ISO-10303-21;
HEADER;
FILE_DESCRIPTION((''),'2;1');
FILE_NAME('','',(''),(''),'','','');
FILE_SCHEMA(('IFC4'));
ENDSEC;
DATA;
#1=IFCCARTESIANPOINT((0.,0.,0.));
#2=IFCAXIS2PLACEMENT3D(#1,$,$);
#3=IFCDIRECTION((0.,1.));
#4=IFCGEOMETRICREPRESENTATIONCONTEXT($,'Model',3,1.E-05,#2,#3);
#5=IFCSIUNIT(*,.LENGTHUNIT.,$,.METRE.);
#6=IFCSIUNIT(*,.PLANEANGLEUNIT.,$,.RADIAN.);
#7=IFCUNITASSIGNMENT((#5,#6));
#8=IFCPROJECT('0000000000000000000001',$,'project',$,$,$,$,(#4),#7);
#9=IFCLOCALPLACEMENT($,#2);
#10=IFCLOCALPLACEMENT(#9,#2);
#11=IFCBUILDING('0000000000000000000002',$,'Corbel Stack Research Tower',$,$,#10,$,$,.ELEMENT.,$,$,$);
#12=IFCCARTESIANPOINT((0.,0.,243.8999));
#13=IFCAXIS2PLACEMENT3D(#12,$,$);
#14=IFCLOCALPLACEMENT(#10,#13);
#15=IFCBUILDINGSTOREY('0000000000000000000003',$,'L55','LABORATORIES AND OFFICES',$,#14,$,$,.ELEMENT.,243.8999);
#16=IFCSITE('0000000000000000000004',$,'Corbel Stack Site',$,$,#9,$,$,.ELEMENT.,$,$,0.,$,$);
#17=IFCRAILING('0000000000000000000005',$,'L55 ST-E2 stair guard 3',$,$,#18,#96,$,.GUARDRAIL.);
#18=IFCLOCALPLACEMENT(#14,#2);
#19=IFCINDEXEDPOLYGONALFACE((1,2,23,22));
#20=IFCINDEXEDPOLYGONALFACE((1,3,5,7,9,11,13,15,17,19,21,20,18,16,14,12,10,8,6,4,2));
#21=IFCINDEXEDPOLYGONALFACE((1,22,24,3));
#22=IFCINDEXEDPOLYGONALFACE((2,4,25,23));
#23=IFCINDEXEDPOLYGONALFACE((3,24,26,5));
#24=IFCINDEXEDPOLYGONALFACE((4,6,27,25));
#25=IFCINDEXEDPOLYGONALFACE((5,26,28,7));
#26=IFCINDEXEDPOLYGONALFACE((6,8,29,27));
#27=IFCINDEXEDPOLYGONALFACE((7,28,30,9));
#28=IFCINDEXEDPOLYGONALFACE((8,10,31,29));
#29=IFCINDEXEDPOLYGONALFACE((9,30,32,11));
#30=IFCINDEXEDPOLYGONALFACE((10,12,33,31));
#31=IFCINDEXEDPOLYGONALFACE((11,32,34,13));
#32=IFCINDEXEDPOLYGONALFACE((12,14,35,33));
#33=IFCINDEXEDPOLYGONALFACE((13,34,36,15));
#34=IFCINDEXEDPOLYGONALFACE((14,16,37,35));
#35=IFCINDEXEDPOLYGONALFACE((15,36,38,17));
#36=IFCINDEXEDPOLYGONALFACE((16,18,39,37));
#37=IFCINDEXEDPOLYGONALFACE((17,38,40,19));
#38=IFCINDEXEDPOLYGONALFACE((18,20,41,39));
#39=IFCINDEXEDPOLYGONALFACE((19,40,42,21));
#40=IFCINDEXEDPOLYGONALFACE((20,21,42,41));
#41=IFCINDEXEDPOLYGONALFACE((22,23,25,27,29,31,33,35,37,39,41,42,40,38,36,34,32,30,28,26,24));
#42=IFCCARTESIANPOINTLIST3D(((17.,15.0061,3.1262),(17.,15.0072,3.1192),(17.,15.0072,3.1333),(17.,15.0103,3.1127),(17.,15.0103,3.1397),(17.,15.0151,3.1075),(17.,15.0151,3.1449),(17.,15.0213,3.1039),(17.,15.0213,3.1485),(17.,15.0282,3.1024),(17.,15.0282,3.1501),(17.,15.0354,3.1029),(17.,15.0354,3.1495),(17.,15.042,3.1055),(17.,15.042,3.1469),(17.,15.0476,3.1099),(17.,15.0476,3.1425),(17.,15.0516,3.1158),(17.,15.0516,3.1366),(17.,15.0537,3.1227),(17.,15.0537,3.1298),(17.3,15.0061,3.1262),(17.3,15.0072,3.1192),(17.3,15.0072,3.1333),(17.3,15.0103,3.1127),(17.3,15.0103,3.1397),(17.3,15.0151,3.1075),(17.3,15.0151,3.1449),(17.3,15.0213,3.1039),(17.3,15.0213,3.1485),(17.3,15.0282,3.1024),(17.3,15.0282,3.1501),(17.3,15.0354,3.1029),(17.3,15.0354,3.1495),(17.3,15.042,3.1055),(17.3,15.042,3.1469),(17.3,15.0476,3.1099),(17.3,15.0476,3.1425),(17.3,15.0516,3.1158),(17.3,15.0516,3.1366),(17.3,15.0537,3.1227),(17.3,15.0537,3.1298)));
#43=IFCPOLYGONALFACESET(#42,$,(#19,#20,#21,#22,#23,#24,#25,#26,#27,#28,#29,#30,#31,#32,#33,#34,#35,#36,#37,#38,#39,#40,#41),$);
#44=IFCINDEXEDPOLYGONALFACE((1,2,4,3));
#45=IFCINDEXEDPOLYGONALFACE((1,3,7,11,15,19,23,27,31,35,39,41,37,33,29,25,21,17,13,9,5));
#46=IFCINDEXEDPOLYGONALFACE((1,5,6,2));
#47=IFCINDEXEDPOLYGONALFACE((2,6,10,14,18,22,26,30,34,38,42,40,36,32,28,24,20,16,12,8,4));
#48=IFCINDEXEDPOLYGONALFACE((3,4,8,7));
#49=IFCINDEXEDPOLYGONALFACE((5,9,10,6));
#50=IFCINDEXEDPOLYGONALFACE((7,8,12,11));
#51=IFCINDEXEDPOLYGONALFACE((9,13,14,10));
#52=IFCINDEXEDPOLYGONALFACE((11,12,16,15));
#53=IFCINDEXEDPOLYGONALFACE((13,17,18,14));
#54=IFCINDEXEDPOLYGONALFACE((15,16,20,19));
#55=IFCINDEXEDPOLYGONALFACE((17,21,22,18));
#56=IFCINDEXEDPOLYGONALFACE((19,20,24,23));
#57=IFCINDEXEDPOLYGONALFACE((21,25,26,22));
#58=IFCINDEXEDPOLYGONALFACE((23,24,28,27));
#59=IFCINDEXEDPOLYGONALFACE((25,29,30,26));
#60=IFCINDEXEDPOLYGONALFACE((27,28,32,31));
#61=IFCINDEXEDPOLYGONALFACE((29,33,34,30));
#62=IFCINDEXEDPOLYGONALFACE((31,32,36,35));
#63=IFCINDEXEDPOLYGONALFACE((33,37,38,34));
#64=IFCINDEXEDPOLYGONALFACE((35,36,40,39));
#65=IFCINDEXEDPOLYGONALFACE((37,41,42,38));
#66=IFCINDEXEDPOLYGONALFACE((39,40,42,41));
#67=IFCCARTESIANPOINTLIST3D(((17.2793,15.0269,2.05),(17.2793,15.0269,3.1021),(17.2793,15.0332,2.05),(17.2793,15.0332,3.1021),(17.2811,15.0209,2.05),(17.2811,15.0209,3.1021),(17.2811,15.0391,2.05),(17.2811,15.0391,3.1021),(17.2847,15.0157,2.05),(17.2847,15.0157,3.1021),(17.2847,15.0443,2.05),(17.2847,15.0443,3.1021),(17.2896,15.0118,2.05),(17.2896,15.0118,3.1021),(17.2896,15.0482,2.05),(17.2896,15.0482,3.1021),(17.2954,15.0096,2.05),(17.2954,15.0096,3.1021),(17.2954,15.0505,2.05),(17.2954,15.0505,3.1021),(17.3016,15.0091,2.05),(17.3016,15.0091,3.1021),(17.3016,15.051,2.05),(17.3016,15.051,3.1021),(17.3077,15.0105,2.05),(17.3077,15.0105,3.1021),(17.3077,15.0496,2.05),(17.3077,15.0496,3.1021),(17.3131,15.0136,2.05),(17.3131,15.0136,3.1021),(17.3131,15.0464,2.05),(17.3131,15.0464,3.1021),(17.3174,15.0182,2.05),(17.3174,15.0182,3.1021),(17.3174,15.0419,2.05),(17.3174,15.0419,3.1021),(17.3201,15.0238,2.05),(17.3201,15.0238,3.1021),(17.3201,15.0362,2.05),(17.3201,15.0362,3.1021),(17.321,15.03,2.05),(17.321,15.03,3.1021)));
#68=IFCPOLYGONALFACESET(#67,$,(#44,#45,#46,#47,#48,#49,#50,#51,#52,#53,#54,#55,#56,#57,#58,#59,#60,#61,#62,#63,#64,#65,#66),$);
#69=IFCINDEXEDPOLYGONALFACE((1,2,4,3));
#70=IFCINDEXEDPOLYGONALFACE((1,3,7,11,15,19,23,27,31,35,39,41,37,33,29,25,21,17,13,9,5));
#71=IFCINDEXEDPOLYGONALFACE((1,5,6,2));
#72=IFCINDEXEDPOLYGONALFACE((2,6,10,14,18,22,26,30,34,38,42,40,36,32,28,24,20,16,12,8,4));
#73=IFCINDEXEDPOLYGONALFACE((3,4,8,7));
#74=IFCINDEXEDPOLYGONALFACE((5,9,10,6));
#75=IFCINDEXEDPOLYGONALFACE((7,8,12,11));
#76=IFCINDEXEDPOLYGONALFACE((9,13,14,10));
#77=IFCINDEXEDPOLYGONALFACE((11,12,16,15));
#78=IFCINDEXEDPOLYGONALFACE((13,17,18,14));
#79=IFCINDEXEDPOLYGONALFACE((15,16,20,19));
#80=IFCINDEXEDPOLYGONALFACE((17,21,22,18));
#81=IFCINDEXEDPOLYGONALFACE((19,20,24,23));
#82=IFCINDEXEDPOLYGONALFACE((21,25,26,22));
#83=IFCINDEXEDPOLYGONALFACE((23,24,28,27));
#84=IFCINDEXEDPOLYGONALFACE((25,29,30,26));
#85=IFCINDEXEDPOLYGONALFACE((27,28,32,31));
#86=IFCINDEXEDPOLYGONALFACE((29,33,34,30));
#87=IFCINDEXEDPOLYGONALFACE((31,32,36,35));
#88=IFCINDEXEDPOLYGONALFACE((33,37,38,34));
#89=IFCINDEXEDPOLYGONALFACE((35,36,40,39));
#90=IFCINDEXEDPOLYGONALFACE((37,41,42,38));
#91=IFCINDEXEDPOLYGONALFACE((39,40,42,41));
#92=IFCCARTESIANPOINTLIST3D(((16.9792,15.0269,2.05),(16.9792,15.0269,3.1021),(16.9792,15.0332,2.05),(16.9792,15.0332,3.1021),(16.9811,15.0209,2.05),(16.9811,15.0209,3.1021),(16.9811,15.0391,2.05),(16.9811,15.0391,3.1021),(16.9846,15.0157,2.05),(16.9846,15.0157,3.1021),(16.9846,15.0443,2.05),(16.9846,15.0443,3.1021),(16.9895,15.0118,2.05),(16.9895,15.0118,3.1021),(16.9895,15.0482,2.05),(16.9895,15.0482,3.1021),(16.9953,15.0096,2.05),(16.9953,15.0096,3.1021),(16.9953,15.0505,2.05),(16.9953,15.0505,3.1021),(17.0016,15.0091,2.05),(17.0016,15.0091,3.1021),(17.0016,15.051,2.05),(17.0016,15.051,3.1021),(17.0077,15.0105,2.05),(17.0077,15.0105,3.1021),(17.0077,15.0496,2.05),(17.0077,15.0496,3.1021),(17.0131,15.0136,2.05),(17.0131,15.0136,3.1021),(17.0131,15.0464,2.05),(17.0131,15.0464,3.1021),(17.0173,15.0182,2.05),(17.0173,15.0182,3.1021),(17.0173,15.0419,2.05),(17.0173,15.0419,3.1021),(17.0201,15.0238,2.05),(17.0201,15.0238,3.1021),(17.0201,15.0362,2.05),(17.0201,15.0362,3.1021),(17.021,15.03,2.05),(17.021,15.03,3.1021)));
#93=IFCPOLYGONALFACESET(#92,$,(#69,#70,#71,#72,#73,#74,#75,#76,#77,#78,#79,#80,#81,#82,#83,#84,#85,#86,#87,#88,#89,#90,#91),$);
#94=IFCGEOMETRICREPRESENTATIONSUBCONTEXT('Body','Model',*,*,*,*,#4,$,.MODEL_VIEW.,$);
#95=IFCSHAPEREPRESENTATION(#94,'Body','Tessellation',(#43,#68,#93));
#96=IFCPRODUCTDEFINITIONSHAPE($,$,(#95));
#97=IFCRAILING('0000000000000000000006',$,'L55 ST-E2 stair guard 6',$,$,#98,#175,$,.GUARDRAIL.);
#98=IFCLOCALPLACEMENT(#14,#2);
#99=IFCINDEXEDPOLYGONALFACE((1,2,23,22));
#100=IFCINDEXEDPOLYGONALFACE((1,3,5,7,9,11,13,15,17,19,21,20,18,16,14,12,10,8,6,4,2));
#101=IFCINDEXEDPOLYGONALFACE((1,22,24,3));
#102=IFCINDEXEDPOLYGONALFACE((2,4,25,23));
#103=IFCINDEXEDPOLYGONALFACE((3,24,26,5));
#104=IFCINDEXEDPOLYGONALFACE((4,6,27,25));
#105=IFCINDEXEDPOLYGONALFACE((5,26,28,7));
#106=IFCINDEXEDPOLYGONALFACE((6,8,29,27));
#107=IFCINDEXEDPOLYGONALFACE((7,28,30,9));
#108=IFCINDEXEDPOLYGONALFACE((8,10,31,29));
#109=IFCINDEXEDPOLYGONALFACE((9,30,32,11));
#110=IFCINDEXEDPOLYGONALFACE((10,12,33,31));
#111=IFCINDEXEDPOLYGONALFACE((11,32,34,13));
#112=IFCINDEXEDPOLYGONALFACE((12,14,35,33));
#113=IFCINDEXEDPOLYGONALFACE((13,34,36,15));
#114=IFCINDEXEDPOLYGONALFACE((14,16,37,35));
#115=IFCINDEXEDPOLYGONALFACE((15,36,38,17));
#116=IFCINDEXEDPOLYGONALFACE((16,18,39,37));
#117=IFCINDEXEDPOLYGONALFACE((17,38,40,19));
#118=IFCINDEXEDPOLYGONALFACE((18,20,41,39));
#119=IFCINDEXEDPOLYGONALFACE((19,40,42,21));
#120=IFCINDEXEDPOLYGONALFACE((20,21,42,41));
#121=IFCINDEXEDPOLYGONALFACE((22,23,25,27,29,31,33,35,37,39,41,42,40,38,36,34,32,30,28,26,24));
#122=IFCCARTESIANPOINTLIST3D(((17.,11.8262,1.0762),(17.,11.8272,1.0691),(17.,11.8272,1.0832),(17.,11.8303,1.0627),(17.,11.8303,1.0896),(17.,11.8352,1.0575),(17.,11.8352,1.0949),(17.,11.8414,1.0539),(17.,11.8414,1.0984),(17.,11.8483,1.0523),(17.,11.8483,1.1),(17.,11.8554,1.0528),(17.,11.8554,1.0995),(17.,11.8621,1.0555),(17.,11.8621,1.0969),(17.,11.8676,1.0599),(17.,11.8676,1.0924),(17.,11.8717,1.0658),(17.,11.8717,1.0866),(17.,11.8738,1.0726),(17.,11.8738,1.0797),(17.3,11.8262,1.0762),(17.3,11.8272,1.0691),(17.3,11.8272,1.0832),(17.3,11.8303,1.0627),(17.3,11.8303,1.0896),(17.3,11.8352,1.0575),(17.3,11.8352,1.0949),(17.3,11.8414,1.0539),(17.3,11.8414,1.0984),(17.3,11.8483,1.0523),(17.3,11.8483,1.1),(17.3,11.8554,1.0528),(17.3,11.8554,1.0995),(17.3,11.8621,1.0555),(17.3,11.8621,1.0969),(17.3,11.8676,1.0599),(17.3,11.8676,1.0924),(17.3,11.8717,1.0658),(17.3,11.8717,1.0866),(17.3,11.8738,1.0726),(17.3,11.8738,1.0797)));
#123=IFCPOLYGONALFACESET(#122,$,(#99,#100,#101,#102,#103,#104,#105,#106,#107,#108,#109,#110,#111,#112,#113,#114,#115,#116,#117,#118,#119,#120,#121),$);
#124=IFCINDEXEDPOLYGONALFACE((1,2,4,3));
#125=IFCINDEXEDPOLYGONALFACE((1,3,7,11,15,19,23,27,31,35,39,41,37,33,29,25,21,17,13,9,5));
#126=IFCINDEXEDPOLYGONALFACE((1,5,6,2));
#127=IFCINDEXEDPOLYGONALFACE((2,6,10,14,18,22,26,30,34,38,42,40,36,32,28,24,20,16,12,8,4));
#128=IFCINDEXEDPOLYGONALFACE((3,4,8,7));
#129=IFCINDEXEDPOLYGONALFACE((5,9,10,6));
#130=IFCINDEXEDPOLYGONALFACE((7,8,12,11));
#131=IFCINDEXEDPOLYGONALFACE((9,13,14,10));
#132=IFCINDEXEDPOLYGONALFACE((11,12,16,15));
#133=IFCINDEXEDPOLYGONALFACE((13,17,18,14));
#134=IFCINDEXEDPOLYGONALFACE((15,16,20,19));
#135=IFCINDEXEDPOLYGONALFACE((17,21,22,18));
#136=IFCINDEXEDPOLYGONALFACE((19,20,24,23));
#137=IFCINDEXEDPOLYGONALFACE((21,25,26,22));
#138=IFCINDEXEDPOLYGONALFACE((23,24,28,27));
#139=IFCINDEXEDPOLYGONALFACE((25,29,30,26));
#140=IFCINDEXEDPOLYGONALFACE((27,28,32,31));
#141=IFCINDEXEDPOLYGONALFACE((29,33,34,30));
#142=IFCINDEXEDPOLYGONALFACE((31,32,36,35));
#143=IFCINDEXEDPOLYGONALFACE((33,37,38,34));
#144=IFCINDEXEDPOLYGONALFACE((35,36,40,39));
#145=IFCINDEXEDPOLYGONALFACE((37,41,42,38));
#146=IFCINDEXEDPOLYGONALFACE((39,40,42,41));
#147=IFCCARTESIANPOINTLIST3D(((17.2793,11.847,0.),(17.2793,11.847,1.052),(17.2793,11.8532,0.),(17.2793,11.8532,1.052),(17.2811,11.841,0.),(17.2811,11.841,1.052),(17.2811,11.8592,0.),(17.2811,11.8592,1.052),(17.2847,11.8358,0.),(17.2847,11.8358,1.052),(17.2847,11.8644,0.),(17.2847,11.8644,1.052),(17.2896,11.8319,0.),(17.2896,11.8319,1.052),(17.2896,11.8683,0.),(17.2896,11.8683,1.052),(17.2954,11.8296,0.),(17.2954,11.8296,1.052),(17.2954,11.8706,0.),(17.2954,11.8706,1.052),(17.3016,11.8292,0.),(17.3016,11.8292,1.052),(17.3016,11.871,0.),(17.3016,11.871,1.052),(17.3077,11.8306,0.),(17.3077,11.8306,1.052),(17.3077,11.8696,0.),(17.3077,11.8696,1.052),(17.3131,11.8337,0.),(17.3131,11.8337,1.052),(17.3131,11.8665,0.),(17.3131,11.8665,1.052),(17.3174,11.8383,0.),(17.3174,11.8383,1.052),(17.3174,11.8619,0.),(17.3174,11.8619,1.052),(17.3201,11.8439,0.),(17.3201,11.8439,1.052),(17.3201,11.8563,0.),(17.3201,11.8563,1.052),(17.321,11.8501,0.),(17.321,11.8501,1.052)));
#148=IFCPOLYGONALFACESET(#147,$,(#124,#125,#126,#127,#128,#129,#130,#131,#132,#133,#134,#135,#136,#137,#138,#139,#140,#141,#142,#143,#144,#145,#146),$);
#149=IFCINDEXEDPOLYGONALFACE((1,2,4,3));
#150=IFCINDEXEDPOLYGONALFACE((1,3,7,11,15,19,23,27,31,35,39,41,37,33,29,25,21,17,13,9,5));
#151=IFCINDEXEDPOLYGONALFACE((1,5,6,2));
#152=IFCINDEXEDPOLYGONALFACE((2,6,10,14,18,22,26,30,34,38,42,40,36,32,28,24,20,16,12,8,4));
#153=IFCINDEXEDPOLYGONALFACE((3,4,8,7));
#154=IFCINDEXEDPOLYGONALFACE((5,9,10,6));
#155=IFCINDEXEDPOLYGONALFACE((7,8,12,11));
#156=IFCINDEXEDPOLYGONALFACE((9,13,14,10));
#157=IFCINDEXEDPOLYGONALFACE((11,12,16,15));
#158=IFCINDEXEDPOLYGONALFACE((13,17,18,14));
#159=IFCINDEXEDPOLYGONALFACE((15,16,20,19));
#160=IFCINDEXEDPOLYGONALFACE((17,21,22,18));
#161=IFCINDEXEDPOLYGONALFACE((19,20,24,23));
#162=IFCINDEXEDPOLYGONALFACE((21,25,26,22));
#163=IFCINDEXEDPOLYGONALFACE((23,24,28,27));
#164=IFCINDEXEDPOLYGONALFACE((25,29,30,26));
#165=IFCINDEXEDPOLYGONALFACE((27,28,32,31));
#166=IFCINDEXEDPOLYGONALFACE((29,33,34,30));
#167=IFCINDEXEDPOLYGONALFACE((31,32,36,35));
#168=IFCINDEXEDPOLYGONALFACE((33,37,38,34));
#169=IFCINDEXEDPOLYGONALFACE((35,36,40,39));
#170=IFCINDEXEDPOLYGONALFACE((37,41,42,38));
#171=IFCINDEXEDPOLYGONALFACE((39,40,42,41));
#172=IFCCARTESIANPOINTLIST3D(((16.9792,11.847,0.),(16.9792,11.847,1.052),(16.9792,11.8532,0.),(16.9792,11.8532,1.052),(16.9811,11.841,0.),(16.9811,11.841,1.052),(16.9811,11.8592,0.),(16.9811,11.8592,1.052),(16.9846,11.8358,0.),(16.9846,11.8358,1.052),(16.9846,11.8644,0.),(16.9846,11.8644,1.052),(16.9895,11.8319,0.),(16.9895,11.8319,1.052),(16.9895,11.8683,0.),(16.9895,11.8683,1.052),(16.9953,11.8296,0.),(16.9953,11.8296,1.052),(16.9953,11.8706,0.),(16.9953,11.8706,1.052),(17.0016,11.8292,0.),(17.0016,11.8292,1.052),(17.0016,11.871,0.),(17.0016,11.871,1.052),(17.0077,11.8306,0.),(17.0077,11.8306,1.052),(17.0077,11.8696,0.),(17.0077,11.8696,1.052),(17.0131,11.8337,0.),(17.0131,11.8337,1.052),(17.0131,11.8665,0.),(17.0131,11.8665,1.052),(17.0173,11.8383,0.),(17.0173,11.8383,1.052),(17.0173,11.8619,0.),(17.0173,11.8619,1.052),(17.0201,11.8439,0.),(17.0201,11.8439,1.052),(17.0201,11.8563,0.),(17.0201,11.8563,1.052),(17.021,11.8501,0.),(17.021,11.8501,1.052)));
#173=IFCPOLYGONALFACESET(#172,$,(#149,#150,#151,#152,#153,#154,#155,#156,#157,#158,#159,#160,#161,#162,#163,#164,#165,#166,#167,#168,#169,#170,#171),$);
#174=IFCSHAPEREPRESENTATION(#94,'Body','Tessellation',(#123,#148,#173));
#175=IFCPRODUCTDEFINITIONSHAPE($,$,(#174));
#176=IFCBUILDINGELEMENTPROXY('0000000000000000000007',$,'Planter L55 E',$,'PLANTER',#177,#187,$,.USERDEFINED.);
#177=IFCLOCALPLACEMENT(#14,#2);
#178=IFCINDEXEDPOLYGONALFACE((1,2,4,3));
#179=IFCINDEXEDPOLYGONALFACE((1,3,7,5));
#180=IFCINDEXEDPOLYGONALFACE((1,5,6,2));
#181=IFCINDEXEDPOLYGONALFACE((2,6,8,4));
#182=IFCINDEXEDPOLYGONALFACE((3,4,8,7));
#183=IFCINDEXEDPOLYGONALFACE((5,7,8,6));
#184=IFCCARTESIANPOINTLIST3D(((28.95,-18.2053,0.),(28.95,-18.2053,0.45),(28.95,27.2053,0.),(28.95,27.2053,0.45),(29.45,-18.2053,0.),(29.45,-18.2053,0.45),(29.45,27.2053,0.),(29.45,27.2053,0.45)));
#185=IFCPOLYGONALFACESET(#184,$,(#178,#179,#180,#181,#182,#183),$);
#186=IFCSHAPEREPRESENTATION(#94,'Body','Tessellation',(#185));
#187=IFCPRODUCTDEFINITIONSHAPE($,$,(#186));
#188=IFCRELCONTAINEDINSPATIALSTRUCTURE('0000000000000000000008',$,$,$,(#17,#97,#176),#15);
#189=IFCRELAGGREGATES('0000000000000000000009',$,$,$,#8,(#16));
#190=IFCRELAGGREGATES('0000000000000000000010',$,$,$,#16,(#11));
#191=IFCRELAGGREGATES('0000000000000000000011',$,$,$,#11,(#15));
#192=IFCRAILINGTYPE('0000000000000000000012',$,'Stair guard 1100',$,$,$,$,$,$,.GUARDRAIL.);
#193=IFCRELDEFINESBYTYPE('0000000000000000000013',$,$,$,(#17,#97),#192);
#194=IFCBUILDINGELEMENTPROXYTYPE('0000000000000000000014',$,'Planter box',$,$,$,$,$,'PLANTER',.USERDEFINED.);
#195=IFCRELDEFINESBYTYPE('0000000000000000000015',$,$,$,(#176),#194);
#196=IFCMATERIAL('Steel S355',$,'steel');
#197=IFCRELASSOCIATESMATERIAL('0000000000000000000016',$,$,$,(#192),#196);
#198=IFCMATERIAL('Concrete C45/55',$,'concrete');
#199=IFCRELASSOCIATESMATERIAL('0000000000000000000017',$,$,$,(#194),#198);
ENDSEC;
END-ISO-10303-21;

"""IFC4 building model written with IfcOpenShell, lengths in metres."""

from ifc_helpers import new_model, si_unit, direction, frame, origin, origin_2d, place, context, subcontext, project, spatial, rectangle, circle, extrude, material, type_object, element, save


model = new_model("IFC4")

# Units and contexts
model_context = context("Model", 3, precision=1e-05, world=origin(), true_north=direction((0.0, 1.0)))
body_context = subcontext(model_context, "Body", "Model", "MODEL_VIEW")
ifc_project = project(units=[si_unit("LENGTHUNIT", "METRE"), si_unit("PLANEANGLEUNIT", "RADIAN")], contexts=[model_context])

# Site, building, storey
site_placement = place(None, origin())
site = spatial("IfcSite", under=ifc_project, at=site_placement, Name="Corbel Stack Site", CompositionType="ELEMENT", RefElevation=0.0)
building_placement = place(site_placement, origin())
building = spatial("IfcBuilding", under=site, at=building_placement, Name="Corbel Stack Research Tower", CompositionType="ELEMENT")
storey_placement = place(building_placement, frame((0.0, 0.0, 243.8999)))
storey = spatial("IfcBuildingStorey", under=building, at=storey_placement, Name="L55", Description="LABORATORIES AND OFFICES", CompositionType="ELEMENT", Elevation=243.8999)

# Railings
ifc_material_1 = material(Name="Steel S355", Category="steel")
railing_type = type_object("IfcRailingType", Name="Stair guard 1100", PredefinedType="GUARDRAIL", material=ifc_material_1)
for number, where, name in (
    (1, (17.3, 15.03, 2.05), "L55 ST-E2 stair guard 3"),
    (2, (17.3, 11.8501, 0.0), "L55 ST-E2 stair guard 6"),
):
    element("IfcRailing", number, at=place(storey_placement, frame(where)), inside=storey, type_object=railing_type, Name=name, PredefinedType="GUARDRAIL", context=body_context, shape_type="SweptSolid", body=[
        extrude(circle(Radius=0.0239, at=origin_2d()), frame((0.0, 0.0, 1.0762), z_axis=(-1.0, 0.0, 0.0), x_axis=(0.0, -1.0, 0.0)), (0.0, 0.0, 1.0), 0.3),
        extrude(circle(Radius=0.021, at=origin_2d()), origin(), (0.0, 0.0, 1.0), 1.052),
        extrude(circle(Radius=0.021, at=origin_2d()), frame((-0.3, 0.0, 0.0)), (0.0, 0.0, 1.0), 1.052),
    ])

# Building element proxy
ifc_material_2 = material(Name="Concrete C45/55", Category="concrete")
building_element_proxy_type = type_object("IfcBuildingElementProxyType", Name="Planter box", ElementType="PLANTER", PredefinedType="USERDEFINED", material=ifc_material_2)
proxy_placement = place(storey_placement, frame((29.2, 4.5, 0.0), z_axis=(0.0, 0.0, 1.0), x_axis=(0.0, 1.0, 0.0)))
element("IfcBuildingElementProxy", 3, at=proxy_placement, inside=storey, type_object=building_element_proxy_type, Name="Planter L55 E", ObjectType="PLANTER", PredefinedType="USERDEFINED", context=body_context, shape_type="SweptSolid", body=[
    extrude(rectangle(XDim=45.4106, YDim=0.5, at=origin_2d()), origin(), (0.0, 0.0, 1.0), 0.45),
])

save(model, "model.ifc")
